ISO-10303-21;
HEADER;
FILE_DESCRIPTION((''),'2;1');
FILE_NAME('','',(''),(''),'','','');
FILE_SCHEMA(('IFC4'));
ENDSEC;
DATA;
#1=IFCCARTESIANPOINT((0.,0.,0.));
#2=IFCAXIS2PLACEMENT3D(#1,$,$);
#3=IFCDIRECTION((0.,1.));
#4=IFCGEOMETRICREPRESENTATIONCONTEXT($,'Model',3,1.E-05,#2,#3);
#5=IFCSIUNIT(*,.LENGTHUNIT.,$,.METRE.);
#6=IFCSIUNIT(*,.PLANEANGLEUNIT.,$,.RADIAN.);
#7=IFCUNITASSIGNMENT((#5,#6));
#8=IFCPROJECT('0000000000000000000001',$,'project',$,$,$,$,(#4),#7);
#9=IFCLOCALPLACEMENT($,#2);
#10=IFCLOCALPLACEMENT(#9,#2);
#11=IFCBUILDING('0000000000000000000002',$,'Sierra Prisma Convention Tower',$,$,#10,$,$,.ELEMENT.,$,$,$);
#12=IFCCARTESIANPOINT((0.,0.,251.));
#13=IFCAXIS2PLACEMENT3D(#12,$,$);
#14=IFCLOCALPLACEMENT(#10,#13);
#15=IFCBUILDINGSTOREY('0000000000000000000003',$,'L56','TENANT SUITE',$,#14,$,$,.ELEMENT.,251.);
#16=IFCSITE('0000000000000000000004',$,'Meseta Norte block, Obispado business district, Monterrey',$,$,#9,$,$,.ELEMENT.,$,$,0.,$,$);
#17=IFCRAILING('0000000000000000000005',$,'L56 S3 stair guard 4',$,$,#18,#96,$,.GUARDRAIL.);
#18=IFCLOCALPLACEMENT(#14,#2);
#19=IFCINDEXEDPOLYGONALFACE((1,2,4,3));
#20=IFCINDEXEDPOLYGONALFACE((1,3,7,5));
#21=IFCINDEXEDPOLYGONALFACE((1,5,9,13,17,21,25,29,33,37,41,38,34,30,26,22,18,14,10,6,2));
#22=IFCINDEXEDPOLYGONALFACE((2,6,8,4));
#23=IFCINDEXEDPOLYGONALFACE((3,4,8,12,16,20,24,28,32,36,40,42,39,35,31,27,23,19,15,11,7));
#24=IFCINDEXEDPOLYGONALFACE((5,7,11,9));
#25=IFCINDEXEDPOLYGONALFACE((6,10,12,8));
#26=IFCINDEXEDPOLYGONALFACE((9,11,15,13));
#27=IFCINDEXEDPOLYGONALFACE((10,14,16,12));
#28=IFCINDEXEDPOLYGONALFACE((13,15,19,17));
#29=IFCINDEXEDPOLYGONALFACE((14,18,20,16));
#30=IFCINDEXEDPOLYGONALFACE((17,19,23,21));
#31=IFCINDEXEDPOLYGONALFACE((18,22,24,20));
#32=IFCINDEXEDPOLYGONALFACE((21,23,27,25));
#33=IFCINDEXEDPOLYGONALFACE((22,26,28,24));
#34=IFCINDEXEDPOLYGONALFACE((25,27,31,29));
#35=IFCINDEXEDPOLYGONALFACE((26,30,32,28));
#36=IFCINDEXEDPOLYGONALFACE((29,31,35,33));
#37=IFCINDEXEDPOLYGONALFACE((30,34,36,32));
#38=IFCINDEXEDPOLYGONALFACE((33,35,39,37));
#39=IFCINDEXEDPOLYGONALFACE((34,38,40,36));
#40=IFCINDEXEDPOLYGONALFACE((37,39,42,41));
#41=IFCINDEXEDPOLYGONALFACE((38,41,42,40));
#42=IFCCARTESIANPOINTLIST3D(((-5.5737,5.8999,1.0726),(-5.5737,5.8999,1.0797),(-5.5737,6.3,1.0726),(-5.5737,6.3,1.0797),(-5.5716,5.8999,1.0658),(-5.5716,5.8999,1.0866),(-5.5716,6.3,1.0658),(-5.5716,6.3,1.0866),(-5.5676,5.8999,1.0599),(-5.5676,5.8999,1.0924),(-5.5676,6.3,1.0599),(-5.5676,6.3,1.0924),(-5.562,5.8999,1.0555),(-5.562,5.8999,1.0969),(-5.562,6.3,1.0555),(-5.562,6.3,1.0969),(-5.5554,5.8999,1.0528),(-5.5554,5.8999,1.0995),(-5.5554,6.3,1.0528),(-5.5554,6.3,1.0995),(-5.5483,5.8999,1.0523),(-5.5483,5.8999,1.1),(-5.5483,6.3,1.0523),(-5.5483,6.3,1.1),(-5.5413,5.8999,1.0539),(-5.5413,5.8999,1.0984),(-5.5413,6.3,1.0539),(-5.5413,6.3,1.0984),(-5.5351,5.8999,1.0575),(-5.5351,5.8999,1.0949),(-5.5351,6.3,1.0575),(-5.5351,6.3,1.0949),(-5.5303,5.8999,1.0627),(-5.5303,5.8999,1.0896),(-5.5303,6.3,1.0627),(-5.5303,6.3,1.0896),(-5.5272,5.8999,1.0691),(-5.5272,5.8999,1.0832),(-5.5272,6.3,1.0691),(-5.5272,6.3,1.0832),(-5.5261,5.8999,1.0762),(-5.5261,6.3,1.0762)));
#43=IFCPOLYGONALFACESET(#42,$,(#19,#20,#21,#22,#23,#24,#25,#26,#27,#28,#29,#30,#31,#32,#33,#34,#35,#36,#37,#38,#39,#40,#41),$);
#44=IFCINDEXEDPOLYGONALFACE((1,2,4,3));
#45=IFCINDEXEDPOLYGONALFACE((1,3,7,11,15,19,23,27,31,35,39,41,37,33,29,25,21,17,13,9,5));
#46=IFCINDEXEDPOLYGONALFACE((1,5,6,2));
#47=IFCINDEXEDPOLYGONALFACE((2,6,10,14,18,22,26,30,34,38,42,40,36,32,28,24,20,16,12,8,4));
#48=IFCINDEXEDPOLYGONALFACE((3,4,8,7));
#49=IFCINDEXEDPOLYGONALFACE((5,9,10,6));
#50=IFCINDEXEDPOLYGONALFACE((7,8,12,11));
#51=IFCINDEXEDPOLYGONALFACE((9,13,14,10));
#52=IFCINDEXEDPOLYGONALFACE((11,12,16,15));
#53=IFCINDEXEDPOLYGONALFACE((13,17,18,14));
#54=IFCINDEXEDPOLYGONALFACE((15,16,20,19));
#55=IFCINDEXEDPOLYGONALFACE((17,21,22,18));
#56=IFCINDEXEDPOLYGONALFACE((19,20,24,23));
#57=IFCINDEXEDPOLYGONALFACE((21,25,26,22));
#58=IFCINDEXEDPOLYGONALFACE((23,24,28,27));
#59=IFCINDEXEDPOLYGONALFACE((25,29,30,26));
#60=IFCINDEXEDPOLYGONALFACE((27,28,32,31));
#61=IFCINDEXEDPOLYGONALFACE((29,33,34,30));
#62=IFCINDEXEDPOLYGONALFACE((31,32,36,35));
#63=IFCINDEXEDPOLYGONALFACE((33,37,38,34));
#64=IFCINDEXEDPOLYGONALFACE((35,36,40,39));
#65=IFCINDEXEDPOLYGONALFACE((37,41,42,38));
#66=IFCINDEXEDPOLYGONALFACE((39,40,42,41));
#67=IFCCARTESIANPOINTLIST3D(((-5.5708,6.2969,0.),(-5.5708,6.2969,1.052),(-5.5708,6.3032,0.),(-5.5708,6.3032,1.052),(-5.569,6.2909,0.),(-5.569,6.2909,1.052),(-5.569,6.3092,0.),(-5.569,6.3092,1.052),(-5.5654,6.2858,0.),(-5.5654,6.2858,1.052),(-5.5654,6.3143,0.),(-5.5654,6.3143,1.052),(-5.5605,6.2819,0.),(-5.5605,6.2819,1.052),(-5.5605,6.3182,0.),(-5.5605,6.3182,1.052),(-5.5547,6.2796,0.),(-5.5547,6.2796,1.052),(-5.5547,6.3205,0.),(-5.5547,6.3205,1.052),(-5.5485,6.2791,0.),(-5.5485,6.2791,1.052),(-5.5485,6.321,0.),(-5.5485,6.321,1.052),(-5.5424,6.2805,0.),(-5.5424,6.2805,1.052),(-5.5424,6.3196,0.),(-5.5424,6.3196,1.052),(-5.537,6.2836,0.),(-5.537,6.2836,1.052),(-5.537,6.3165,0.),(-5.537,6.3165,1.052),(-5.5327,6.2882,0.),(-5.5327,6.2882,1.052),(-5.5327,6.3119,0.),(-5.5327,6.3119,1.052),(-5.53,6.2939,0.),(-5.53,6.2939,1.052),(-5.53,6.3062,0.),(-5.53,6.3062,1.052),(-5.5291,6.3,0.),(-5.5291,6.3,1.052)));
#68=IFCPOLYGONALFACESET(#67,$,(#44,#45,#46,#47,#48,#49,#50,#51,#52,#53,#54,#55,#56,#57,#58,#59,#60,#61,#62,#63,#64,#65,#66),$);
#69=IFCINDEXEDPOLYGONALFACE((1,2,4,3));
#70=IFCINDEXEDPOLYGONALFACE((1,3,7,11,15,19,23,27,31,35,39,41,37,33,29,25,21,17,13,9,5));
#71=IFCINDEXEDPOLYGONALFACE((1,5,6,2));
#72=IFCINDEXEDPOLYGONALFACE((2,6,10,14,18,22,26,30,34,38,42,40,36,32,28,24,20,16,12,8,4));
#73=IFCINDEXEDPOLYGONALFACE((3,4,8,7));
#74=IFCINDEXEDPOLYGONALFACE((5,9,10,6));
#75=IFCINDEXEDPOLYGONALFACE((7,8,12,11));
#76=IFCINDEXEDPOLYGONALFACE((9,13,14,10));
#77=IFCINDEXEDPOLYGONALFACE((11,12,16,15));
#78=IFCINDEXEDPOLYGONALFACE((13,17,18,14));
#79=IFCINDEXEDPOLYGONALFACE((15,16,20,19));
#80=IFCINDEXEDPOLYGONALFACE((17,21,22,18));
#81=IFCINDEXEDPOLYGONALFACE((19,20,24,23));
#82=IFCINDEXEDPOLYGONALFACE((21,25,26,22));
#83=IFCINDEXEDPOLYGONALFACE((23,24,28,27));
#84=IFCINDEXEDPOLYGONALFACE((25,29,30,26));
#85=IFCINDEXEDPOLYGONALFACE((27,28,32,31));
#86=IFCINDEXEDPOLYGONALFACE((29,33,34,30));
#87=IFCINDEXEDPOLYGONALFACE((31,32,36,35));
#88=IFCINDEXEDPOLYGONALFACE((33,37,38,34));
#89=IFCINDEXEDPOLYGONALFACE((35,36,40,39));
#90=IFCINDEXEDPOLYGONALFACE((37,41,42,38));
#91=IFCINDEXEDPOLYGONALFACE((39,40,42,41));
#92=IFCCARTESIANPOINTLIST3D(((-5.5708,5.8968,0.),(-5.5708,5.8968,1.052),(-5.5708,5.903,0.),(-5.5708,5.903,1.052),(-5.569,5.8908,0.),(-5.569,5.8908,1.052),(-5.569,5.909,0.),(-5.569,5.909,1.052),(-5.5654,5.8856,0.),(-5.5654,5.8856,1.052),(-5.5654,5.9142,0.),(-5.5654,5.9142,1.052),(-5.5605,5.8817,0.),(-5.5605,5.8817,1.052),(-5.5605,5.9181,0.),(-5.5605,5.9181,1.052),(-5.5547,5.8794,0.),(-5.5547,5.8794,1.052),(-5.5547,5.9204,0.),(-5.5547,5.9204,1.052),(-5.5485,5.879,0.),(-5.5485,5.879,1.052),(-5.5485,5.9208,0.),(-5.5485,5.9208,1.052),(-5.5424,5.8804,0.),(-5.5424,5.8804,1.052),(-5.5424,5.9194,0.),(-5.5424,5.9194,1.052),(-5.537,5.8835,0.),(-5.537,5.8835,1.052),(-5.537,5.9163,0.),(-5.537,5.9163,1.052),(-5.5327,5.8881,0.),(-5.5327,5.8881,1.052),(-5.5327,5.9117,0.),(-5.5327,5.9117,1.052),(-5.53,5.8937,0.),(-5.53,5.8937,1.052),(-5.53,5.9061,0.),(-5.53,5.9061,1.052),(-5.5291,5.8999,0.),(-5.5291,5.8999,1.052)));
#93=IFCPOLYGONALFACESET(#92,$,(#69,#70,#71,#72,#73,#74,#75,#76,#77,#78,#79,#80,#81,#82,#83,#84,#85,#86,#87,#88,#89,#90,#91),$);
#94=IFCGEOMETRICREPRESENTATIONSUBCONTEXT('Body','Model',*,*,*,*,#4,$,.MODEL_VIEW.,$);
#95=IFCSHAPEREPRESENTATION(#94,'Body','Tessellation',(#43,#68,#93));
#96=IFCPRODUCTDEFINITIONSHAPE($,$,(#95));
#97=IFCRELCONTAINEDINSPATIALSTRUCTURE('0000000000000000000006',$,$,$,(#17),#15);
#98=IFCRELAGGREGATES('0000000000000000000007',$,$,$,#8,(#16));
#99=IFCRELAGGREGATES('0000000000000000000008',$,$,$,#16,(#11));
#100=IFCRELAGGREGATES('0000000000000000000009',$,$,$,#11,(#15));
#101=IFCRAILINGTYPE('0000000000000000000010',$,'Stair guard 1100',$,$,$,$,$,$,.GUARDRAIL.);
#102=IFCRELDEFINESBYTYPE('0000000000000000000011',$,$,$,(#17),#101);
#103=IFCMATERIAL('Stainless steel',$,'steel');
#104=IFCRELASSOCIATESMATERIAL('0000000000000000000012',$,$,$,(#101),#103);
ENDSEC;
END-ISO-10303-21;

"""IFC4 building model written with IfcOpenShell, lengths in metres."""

from ifc_helpers import new_model, si_unit, direction, frame, origin, origin_2d, place, context, subcontext, project, spatial, circle, extrude, material, type_object, element, save


model = new_model("IFC4")

# Units and contexts
model_context = context("Model", 3, precision=1e-05, world=origin(), true_north=direction((0.0, 1.0)))
body_context = subcontext(model_context, "Body", "Model", "MODEL_VIEW")
ifc_project = project(units=[si_unit("LENGTHUNIT", "METRE"), si_unit("PLANEANGLEUNIT", "RADIAN")], contexts=[model_context])

# Site, building, storey
site_placement = place(None, origin())
site = spatial("IfcSite", under=ifc_project, at=site_placement, Name="Meseta Norte block, Obispado business district, Monterrey", CompositionType="ELEMENT", RefElevation=0.0)
building_placement = place(site_placement, origin())
building = spatial("IfcBuilding", under=site, at=building_placement, Name="Sierra Prisma Convention Tower", CompositionType="ELEMENT")
storey_placement = place(building_placement, frame((0.0, 0.0, 251.0)))
storey = spatial("IfcBuildingStorey", under=building, at=storey_placement, Name="L56", Description="TENANT SUITE", CompositionType="ELEMENT", Elevation=251.0)

# Railing
ifc_material_1 = material(Name="Stainless steel", Category="steel")
railing_type_1 = type_object("IfcRailingType", Name="Stair guard 1100", PredefinedType="GUARDRAIL", material=ifc_material_1)
railing_1_placement = place(storey_placement, frame((-5.55, 6.3, 0.0)))
element("IfcRailing", 1, at=railing_1_placement, inside=storey, type_object=railing_type_1, Name="L56 S3 stair guard 4", PredefinedType="GUARDRAIL", context=body_context, shape_type="SweptSolid", body=[
    extrude(circle(Radius=0.0239, at=origin_2d()), frame((0.0, 0.0, 1.0762), z_axis=(0.0, -1.0, 0.0), x_axis=(1.0, 0.0, 0.0)), (0.0, 0.0, 1.0), 0.4001),
    extrude(circle(Radius=0.021, at=origin_2d()), origin(), (0.0, 0.0, 1.0), 1.052),
    extrude(circle(Radius=0.021, at=origin_2d()), frame((0.0, -0.4001, 0.0)), (0.0, 0.0, 1.0), 1.052),
])

save(model, "model.ifc")
